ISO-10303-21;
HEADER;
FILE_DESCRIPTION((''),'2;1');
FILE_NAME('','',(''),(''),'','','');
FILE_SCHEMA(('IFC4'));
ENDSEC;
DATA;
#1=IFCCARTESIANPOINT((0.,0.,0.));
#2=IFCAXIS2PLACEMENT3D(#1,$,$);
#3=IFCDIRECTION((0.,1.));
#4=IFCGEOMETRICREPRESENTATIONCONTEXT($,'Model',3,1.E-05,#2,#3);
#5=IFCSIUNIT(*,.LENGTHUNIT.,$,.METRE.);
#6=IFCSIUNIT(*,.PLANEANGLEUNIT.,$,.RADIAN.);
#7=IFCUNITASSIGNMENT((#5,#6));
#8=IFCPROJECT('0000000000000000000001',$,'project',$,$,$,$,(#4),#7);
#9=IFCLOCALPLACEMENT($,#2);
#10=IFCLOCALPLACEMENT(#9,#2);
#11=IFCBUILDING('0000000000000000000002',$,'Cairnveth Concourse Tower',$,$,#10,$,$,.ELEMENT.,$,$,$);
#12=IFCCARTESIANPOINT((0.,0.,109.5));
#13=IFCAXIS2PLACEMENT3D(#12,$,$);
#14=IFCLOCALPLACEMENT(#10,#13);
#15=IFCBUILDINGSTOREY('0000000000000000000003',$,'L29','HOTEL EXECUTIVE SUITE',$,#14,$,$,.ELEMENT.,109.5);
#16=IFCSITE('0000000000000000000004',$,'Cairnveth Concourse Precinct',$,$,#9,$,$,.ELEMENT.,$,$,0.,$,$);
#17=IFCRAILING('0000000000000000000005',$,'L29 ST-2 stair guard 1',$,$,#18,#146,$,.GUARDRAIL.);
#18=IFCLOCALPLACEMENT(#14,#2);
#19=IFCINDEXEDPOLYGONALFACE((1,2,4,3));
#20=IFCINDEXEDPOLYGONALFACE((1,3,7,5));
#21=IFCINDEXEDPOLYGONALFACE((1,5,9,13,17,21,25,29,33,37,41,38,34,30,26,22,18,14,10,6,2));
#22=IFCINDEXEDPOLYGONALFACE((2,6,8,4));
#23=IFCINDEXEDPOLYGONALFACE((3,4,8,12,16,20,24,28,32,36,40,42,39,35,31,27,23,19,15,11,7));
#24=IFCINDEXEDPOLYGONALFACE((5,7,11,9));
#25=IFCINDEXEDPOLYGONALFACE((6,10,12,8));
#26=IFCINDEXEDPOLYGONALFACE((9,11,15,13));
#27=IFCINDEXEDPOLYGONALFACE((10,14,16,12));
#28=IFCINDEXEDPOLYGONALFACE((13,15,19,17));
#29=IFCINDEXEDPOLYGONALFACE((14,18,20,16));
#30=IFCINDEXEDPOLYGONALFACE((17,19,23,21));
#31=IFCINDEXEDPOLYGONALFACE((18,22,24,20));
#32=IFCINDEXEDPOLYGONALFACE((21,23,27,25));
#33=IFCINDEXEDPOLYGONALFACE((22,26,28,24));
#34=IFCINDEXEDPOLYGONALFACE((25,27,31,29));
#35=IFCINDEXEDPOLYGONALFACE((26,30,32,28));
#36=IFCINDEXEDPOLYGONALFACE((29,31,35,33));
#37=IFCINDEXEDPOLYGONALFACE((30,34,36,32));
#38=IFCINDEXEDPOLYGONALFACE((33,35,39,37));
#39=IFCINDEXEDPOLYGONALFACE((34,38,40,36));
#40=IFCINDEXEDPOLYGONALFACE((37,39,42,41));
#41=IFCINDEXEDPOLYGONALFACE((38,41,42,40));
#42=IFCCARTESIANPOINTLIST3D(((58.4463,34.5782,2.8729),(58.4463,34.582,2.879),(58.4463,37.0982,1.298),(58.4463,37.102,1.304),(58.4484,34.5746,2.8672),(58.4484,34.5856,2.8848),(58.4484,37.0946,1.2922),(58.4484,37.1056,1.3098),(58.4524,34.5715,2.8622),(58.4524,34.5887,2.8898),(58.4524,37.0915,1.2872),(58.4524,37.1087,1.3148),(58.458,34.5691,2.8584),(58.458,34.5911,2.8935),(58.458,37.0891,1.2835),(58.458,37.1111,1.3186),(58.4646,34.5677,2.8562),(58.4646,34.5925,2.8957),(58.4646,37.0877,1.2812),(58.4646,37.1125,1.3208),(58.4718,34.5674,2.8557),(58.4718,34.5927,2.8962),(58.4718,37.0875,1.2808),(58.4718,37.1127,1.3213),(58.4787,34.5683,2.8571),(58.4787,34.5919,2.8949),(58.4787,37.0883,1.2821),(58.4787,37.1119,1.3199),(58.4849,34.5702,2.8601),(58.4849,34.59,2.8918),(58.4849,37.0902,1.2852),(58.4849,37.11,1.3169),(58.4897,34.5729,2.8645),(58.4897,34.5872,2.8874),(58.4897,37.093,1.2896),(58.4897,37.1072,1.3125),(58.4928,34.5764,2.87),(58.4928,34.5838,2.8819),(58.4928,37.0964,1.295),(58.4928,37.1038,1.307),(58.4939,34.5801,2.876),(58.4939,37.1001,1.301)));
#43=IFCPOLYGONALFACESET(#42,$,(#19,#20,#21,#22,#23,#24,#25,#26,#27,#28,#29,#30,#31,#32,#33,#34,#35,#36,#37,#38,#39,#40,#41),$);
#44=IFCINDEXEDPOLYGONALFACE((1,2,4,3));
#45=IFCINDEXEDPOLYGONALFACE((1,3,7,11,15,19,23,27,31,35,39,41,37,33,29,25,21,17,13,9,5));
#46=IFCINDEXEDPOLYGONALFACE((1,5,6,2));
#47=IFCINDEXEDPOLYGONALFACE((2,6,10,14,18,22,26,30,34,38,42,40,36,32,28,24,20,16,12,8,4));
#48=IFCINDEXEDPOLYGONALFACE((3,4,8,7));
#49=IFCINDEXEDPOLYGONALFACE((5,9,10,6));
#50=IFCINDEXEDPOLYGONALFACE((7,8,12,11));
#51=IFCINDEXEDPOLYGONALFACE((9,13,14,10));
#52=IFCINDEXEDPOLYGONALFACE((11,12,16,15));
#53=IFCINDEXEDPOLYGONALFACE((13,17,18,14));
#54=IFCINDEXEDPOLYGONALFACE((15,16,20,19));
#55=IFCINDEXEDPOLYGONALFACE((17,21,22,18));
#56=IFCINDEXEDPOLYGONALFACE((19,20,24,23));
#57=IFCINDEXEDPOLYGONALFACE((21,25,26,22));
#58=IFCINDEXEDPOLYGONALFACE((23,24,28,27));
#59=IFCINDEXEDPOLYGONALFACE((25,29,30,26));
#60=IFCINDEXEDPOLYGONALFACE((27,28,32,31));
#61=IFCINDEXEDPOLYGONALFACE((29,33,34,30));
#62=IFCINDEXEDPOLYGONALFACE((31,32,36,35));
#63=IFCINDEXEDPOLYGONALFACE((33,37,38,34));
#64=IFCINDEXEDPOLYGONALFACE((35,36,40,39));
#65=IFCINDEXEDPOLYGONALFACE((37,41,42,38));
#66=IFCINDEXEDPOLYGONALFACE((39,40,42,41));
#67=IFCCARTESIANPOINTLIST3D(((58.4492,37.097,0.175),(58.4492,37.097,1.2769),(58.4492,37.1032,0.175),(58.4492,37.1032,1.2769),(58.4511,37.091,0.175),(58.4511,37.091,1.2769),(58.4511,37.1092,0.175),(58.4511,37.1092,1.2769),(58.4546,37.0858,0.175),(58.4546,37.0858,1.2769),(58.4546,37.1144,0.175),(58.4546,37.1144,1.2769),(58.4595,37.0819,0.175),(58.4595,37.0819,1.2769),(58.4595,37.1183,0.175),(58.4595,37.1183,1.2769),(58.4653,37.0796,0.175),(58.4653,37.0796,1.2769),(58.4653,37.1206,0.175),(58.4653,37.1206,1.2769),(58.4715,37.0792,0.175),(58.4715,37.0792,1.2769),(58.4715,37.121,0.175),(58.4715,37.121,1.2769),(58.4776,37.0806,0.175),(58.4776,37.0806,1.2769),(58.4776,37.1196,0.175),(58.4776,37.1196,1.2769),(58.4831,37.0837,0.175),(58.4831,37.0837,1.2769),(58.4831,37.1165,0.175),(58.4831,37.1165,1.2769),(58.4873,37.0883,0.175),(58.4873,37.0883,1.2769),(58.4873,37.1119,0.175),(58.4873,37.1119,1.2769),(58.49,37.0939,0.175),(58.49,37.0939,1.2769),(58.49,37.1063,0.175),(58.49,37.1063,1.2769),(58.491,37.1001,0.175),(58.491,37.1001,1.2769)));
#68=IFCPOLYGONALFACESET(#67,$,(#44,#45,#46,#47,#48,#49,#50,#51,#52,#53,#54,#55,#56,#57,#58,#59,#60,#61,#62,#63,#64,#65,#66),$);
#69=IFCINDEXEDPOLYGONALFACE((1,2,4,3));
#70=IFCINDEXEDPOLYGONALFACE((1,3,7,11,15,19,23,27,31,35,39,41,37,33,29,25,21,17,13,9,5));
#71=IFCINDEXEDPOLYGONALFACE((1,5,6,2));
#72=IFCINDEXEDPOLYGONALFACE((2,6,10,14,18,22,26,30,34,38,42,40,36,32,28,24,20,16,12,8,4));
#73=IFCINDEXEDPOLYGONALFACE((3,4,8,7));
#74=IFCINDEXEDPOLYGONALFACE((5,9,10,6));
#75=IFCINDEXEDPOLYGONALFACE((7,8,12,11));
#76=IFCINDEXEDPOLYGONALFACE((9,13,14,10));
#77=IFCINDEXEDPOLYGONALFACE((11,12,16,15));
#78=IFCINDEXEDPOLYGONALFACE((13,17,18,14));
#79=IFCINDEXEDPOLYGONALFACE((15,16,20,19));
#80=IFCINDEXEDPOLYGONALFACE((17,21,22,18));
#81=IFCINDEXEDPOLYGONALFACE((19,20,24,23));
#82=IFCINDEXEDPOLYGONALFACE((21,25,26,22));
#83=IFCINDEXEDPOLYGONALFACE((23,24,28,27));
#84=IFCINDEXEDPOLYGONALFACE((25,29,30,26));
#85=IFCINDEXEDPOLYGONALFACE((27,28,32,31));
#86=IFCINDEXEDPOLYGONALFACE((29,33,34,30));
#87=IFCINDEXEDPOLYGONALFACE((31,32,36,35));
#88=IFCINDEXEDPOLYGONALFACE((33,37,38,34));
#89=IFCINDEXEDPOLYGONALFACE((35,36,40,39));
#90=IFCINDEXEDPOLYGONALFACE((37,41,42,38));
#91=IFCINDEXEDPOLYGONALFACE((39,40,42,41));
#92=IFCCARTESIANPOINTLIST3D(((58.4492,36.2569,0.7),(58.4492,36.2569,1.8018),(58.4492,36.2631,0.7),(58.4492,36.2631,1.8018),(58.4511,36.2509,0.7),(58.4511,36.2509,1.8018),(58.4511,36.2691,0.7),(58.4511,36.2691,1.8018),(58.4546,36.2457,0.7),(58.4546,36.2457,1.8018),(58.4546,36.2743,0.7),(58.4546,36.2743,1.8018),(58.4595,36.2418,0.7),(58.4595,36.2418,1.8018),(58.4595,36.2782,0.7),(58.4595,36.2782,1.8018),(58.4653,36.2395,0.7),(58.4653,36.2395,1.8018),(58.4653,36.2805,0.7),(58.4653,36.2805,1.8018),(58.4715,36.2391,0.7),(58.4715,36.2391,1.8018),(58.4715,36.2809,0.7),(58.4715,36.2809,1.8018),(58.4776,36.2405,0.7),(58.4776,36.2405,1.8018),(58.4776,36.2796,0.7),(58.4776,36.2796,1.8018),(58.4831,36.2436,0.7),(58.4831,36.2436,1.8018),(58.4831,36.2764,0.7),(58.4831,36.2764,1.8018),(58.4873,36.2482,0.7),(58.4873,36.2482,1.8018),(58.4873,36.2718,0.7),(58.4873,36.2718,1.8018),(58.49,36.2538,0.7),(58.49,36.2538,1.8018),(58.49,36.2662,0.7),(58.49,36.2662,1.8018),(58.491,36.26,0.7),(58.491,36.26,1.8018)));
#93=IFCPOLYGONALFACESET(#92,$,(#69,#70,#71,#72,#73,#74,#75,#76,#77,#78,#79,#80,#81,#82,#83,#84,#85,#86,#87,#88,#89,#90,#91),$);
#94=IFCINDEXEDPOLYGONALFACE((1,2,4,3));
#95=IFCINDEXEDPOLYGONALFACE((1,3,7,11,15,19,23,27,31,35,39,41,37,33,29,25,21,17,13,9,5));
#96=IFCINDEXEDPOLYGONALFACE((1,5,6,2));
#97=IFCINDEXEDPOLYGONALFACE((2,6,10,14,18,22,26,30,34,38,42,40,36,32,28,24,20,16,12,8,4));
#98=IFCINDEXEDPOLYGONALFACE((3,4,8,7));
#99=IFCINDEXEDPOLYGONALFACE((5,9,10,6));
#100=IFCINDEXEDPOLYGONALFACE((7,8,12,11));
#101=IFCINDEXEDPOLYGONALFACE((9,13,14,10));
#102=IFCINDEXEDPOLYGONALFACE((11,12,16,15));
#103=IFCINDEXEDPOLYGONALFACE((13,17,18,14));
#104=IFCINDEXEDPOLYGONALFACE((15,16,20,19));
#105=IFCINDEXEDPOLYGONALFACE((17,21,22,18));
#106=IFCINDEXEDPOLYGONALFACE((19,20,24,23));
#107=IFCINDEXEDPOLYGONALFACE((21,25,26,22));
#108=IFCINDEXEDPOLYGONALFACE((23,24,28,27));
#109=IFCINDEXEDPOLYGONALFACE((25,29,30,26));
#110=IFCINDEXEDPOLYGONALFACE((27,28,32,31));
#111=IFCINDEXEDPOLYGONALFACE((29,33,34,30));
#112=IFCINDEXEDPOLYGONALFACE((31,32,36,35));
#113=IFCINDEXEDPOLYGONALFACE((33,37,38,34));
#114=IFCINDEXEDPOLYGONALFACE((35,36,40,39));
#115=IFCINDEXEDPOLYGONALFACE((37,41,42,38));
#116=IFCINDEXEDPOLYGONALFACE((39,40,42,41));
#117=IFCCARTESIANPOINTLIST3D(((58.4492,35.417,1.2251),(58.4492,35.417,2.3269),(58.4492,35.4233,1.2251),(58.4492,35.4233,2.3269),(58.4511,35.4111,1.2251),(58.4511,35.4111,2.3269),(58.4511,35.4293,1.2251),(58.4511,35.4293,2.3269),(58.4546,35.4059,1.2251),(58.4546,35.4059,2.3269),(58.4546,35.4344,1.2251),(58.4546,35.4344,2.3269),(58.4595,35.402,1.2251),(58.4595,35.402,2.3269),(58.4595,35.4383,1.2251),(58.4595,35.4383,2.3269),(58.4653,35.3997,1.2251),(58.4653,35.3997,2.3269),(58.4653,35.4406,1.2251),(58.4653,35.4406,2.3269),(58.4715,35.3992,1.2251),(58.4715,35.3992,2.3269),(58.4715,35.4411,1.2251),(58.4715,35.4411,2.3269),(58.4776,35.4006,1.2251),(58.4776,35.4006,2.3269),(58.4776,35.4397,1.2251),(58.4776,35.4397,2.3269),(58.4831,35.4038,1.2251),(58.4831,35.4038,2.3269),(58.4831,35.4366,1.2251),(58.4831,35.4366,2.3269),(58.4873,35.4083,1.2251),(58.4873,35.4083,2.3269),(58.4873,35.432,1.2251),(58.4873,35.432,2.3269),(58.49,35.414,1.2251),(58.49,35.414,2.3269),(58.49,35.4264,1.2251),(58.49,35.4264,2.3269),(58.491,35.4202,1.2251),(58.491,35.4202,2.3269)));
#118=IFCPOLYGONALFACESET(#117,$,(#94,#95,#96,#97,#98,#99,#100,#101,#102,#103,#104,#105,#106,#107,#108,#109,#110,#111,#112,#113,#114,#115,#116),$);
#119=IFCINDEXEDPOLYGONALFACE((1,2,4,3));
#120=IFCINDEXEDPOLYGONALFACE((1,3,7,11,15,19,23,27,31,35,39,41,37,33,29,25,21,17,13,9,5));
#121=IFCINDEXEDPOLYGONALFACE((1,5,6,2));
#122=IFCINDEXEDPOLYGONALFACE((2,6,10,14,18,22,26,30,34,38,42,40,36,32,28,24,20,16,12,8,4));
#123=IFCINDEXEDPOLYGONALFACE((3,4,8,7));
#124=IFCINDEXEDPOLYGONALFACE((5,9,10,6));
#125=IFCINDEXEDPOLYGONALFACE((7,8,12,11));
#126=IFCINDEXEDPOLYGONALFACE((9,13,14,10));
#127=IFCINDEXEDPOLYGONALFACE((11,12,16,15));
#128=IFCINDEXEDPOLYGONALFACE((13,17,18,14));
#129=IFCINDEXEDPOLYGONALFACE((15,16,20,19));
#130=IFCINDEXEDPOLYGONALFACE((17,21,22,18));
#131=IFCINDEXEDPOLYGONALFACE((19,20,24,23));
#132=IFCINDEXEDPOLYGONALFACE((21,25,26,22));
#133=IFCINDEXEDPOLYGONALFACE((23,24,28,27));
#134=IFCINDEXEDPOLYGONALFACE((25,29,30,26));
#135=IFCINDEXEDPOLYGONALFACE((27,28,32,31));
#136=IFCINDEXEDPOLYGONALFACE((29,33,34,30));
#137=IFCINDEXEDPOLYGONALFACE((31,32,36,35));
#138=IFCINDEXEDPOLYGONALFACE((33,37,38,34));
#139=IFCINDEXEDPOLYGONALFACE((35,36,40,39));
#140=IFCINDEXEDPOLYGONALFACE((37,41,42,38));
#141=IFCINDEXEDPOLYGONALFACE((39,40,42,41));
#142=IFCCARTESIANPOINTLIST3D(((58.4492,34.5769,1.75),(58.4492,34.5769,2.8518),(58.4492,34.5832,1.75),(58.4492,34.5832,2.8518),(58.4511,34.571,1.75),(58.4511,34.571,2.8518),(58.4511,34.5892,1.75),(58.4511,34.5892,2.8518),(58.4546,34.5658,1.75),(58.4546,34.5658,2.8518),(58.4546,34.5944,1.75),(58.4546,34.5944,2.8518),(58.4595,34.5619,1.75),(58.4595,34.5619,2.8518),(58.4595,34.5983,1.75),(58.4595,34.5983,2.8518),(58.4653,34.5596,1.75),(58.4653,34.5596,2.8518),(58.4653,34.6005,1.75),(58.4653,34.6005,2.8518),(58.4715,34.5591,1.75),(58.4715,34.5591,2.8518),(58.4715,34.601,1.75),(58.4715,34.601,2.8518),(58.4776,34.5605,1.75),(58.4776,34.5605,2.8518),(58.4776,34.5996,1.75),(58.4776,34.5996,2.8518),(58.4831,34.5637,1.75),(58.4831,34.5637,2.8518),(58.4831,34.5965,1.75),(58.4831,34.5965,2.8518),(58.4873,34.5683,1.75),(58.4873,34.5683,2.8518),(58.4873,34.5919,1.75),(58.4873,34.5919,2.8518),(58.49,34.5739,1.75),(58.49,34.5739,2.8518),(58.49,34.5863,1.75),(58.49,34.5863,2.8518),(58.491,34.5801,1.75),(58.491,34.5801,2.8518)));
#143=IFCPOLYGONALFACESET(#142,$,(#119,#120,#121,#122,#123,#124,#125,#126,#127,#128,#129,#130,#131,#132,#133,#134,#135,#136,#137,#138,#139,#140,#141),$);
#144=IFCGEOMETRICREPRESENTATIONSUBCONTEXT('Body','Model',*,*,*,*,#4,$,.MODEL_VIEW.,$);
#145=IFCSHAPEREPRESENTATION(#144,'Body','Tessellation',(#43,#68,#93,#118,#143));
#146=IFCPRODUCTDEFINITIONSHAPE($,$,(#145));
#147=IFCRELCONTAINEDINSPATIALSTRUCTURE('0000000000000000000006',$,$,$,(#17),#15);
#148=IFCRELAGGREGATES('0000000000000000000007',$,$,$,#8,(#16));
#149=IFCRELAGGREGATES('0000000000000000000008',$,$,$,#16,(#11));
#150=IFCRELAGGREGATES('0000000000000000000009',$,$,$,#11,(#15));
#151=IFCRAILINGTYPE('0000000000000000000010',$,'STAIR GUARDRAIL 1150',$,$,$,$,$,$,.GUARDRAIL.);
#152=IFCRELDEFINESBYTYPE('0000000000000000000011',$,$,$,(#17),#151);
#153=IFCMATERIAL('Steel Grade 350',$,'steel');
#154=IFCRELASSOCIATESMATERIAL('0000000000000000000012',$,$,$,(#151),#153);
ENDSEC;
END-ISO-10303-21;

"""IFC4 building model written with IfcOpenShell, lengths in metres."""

from ifc_helpers import new_model, si_unit, direction, frame, origin, origin_2d, place, context, subcontext, project, spatial, circle, extrude, material, type_object, element, save


model = new_model("IFC4")

# Units and contexts
model_context = context("Model", 3, precision=1e-05, world=origin(), true_north=direction((0.0, 1.0)))
body_context = subcontext(model_context, "Body", "Model", "MODEL_VIEW")
ifc_project = project(units=[si_unit("LENGTHUNIT", "METRE"), si_unit("PLANEANGLEUNIT", "RADIAN")], contexts=[model_context])

# Site, building, storey
site_placement = place(None, origin())
site = spatial("IfcSite", under=ifc_project, at=site_placement, Name="Cairnveth Concourse Precinct", CompositionType="ELEMENT", RefElevation=0.0)
building_placement = place(site_placement, origin())
building = spatial("IfcBuilding", under=site, at=building_placement, Name="Cairnveth Concourse Tower", CompositionType="ELEMENT")
storey_placement = place(building_placement, frame((0.0, 0.0, 109.5)))
storey = spatial("IfcBuildingStorey", under=building, at=storey_placement, Name="L29", Description="HOTEL EXECUTIVE SUITE", CompositionType="ELEMENT", Elevation=109.5)

# Shared definitions
ifc_material_1 = material(Name="Steel Grade 350", Category="steel")

# Railing
railing_type_1 = type_object("IfcRailingType", Name="STAIR GUARDRAIL 1150", PredefinedType="GUARDRAIL", material=ifc_material_1)
railing_1_placement = place(storey_placement, frame((58.47, 37.1001, 0.175)))
element("IfcRailing", 1, at=railing_1_placement, inside=storey, type_object=railing_type_1, Name="L29 ST-2 stair guard 1", PredefinedType="GUARDRAIL", context=body_context, shape_type="SweptSolid", body=[
    extrude(circle(Radius=0.0239, at=origin_2d()), frame((0.0, 0.0, 1.126), z_axis=(0.0, -0.848008, 0.529984), x_axis=(1.0, 0.0, 0.0)), (0.0, 0.0, 1.0), 2.9717),
    extrude(circle(Radius=0.021, at=origin_2d()), origin(), (0.0, 0.0, 1.0), 1.1018),
    extrude(circle(Radius=0.021, at=origin_2d()), frame((0.0, -0.8401, 0.5249)), (0.0, 0.0, 1.0), 1.1018),
    extrude(circle(Radius=0.021, at=origin_2d()), frame((0.0, -1.6799, 1.05)), (0.0, 0.0, 1.0), 1.1018),
    extrude(circle(Radius=0.021, at=origin_2d()), frame((0.0, -2.52, 1.575)), (0.0, 0.0, 1.0), 1.1018),
])

save(model, "model.ifc")
